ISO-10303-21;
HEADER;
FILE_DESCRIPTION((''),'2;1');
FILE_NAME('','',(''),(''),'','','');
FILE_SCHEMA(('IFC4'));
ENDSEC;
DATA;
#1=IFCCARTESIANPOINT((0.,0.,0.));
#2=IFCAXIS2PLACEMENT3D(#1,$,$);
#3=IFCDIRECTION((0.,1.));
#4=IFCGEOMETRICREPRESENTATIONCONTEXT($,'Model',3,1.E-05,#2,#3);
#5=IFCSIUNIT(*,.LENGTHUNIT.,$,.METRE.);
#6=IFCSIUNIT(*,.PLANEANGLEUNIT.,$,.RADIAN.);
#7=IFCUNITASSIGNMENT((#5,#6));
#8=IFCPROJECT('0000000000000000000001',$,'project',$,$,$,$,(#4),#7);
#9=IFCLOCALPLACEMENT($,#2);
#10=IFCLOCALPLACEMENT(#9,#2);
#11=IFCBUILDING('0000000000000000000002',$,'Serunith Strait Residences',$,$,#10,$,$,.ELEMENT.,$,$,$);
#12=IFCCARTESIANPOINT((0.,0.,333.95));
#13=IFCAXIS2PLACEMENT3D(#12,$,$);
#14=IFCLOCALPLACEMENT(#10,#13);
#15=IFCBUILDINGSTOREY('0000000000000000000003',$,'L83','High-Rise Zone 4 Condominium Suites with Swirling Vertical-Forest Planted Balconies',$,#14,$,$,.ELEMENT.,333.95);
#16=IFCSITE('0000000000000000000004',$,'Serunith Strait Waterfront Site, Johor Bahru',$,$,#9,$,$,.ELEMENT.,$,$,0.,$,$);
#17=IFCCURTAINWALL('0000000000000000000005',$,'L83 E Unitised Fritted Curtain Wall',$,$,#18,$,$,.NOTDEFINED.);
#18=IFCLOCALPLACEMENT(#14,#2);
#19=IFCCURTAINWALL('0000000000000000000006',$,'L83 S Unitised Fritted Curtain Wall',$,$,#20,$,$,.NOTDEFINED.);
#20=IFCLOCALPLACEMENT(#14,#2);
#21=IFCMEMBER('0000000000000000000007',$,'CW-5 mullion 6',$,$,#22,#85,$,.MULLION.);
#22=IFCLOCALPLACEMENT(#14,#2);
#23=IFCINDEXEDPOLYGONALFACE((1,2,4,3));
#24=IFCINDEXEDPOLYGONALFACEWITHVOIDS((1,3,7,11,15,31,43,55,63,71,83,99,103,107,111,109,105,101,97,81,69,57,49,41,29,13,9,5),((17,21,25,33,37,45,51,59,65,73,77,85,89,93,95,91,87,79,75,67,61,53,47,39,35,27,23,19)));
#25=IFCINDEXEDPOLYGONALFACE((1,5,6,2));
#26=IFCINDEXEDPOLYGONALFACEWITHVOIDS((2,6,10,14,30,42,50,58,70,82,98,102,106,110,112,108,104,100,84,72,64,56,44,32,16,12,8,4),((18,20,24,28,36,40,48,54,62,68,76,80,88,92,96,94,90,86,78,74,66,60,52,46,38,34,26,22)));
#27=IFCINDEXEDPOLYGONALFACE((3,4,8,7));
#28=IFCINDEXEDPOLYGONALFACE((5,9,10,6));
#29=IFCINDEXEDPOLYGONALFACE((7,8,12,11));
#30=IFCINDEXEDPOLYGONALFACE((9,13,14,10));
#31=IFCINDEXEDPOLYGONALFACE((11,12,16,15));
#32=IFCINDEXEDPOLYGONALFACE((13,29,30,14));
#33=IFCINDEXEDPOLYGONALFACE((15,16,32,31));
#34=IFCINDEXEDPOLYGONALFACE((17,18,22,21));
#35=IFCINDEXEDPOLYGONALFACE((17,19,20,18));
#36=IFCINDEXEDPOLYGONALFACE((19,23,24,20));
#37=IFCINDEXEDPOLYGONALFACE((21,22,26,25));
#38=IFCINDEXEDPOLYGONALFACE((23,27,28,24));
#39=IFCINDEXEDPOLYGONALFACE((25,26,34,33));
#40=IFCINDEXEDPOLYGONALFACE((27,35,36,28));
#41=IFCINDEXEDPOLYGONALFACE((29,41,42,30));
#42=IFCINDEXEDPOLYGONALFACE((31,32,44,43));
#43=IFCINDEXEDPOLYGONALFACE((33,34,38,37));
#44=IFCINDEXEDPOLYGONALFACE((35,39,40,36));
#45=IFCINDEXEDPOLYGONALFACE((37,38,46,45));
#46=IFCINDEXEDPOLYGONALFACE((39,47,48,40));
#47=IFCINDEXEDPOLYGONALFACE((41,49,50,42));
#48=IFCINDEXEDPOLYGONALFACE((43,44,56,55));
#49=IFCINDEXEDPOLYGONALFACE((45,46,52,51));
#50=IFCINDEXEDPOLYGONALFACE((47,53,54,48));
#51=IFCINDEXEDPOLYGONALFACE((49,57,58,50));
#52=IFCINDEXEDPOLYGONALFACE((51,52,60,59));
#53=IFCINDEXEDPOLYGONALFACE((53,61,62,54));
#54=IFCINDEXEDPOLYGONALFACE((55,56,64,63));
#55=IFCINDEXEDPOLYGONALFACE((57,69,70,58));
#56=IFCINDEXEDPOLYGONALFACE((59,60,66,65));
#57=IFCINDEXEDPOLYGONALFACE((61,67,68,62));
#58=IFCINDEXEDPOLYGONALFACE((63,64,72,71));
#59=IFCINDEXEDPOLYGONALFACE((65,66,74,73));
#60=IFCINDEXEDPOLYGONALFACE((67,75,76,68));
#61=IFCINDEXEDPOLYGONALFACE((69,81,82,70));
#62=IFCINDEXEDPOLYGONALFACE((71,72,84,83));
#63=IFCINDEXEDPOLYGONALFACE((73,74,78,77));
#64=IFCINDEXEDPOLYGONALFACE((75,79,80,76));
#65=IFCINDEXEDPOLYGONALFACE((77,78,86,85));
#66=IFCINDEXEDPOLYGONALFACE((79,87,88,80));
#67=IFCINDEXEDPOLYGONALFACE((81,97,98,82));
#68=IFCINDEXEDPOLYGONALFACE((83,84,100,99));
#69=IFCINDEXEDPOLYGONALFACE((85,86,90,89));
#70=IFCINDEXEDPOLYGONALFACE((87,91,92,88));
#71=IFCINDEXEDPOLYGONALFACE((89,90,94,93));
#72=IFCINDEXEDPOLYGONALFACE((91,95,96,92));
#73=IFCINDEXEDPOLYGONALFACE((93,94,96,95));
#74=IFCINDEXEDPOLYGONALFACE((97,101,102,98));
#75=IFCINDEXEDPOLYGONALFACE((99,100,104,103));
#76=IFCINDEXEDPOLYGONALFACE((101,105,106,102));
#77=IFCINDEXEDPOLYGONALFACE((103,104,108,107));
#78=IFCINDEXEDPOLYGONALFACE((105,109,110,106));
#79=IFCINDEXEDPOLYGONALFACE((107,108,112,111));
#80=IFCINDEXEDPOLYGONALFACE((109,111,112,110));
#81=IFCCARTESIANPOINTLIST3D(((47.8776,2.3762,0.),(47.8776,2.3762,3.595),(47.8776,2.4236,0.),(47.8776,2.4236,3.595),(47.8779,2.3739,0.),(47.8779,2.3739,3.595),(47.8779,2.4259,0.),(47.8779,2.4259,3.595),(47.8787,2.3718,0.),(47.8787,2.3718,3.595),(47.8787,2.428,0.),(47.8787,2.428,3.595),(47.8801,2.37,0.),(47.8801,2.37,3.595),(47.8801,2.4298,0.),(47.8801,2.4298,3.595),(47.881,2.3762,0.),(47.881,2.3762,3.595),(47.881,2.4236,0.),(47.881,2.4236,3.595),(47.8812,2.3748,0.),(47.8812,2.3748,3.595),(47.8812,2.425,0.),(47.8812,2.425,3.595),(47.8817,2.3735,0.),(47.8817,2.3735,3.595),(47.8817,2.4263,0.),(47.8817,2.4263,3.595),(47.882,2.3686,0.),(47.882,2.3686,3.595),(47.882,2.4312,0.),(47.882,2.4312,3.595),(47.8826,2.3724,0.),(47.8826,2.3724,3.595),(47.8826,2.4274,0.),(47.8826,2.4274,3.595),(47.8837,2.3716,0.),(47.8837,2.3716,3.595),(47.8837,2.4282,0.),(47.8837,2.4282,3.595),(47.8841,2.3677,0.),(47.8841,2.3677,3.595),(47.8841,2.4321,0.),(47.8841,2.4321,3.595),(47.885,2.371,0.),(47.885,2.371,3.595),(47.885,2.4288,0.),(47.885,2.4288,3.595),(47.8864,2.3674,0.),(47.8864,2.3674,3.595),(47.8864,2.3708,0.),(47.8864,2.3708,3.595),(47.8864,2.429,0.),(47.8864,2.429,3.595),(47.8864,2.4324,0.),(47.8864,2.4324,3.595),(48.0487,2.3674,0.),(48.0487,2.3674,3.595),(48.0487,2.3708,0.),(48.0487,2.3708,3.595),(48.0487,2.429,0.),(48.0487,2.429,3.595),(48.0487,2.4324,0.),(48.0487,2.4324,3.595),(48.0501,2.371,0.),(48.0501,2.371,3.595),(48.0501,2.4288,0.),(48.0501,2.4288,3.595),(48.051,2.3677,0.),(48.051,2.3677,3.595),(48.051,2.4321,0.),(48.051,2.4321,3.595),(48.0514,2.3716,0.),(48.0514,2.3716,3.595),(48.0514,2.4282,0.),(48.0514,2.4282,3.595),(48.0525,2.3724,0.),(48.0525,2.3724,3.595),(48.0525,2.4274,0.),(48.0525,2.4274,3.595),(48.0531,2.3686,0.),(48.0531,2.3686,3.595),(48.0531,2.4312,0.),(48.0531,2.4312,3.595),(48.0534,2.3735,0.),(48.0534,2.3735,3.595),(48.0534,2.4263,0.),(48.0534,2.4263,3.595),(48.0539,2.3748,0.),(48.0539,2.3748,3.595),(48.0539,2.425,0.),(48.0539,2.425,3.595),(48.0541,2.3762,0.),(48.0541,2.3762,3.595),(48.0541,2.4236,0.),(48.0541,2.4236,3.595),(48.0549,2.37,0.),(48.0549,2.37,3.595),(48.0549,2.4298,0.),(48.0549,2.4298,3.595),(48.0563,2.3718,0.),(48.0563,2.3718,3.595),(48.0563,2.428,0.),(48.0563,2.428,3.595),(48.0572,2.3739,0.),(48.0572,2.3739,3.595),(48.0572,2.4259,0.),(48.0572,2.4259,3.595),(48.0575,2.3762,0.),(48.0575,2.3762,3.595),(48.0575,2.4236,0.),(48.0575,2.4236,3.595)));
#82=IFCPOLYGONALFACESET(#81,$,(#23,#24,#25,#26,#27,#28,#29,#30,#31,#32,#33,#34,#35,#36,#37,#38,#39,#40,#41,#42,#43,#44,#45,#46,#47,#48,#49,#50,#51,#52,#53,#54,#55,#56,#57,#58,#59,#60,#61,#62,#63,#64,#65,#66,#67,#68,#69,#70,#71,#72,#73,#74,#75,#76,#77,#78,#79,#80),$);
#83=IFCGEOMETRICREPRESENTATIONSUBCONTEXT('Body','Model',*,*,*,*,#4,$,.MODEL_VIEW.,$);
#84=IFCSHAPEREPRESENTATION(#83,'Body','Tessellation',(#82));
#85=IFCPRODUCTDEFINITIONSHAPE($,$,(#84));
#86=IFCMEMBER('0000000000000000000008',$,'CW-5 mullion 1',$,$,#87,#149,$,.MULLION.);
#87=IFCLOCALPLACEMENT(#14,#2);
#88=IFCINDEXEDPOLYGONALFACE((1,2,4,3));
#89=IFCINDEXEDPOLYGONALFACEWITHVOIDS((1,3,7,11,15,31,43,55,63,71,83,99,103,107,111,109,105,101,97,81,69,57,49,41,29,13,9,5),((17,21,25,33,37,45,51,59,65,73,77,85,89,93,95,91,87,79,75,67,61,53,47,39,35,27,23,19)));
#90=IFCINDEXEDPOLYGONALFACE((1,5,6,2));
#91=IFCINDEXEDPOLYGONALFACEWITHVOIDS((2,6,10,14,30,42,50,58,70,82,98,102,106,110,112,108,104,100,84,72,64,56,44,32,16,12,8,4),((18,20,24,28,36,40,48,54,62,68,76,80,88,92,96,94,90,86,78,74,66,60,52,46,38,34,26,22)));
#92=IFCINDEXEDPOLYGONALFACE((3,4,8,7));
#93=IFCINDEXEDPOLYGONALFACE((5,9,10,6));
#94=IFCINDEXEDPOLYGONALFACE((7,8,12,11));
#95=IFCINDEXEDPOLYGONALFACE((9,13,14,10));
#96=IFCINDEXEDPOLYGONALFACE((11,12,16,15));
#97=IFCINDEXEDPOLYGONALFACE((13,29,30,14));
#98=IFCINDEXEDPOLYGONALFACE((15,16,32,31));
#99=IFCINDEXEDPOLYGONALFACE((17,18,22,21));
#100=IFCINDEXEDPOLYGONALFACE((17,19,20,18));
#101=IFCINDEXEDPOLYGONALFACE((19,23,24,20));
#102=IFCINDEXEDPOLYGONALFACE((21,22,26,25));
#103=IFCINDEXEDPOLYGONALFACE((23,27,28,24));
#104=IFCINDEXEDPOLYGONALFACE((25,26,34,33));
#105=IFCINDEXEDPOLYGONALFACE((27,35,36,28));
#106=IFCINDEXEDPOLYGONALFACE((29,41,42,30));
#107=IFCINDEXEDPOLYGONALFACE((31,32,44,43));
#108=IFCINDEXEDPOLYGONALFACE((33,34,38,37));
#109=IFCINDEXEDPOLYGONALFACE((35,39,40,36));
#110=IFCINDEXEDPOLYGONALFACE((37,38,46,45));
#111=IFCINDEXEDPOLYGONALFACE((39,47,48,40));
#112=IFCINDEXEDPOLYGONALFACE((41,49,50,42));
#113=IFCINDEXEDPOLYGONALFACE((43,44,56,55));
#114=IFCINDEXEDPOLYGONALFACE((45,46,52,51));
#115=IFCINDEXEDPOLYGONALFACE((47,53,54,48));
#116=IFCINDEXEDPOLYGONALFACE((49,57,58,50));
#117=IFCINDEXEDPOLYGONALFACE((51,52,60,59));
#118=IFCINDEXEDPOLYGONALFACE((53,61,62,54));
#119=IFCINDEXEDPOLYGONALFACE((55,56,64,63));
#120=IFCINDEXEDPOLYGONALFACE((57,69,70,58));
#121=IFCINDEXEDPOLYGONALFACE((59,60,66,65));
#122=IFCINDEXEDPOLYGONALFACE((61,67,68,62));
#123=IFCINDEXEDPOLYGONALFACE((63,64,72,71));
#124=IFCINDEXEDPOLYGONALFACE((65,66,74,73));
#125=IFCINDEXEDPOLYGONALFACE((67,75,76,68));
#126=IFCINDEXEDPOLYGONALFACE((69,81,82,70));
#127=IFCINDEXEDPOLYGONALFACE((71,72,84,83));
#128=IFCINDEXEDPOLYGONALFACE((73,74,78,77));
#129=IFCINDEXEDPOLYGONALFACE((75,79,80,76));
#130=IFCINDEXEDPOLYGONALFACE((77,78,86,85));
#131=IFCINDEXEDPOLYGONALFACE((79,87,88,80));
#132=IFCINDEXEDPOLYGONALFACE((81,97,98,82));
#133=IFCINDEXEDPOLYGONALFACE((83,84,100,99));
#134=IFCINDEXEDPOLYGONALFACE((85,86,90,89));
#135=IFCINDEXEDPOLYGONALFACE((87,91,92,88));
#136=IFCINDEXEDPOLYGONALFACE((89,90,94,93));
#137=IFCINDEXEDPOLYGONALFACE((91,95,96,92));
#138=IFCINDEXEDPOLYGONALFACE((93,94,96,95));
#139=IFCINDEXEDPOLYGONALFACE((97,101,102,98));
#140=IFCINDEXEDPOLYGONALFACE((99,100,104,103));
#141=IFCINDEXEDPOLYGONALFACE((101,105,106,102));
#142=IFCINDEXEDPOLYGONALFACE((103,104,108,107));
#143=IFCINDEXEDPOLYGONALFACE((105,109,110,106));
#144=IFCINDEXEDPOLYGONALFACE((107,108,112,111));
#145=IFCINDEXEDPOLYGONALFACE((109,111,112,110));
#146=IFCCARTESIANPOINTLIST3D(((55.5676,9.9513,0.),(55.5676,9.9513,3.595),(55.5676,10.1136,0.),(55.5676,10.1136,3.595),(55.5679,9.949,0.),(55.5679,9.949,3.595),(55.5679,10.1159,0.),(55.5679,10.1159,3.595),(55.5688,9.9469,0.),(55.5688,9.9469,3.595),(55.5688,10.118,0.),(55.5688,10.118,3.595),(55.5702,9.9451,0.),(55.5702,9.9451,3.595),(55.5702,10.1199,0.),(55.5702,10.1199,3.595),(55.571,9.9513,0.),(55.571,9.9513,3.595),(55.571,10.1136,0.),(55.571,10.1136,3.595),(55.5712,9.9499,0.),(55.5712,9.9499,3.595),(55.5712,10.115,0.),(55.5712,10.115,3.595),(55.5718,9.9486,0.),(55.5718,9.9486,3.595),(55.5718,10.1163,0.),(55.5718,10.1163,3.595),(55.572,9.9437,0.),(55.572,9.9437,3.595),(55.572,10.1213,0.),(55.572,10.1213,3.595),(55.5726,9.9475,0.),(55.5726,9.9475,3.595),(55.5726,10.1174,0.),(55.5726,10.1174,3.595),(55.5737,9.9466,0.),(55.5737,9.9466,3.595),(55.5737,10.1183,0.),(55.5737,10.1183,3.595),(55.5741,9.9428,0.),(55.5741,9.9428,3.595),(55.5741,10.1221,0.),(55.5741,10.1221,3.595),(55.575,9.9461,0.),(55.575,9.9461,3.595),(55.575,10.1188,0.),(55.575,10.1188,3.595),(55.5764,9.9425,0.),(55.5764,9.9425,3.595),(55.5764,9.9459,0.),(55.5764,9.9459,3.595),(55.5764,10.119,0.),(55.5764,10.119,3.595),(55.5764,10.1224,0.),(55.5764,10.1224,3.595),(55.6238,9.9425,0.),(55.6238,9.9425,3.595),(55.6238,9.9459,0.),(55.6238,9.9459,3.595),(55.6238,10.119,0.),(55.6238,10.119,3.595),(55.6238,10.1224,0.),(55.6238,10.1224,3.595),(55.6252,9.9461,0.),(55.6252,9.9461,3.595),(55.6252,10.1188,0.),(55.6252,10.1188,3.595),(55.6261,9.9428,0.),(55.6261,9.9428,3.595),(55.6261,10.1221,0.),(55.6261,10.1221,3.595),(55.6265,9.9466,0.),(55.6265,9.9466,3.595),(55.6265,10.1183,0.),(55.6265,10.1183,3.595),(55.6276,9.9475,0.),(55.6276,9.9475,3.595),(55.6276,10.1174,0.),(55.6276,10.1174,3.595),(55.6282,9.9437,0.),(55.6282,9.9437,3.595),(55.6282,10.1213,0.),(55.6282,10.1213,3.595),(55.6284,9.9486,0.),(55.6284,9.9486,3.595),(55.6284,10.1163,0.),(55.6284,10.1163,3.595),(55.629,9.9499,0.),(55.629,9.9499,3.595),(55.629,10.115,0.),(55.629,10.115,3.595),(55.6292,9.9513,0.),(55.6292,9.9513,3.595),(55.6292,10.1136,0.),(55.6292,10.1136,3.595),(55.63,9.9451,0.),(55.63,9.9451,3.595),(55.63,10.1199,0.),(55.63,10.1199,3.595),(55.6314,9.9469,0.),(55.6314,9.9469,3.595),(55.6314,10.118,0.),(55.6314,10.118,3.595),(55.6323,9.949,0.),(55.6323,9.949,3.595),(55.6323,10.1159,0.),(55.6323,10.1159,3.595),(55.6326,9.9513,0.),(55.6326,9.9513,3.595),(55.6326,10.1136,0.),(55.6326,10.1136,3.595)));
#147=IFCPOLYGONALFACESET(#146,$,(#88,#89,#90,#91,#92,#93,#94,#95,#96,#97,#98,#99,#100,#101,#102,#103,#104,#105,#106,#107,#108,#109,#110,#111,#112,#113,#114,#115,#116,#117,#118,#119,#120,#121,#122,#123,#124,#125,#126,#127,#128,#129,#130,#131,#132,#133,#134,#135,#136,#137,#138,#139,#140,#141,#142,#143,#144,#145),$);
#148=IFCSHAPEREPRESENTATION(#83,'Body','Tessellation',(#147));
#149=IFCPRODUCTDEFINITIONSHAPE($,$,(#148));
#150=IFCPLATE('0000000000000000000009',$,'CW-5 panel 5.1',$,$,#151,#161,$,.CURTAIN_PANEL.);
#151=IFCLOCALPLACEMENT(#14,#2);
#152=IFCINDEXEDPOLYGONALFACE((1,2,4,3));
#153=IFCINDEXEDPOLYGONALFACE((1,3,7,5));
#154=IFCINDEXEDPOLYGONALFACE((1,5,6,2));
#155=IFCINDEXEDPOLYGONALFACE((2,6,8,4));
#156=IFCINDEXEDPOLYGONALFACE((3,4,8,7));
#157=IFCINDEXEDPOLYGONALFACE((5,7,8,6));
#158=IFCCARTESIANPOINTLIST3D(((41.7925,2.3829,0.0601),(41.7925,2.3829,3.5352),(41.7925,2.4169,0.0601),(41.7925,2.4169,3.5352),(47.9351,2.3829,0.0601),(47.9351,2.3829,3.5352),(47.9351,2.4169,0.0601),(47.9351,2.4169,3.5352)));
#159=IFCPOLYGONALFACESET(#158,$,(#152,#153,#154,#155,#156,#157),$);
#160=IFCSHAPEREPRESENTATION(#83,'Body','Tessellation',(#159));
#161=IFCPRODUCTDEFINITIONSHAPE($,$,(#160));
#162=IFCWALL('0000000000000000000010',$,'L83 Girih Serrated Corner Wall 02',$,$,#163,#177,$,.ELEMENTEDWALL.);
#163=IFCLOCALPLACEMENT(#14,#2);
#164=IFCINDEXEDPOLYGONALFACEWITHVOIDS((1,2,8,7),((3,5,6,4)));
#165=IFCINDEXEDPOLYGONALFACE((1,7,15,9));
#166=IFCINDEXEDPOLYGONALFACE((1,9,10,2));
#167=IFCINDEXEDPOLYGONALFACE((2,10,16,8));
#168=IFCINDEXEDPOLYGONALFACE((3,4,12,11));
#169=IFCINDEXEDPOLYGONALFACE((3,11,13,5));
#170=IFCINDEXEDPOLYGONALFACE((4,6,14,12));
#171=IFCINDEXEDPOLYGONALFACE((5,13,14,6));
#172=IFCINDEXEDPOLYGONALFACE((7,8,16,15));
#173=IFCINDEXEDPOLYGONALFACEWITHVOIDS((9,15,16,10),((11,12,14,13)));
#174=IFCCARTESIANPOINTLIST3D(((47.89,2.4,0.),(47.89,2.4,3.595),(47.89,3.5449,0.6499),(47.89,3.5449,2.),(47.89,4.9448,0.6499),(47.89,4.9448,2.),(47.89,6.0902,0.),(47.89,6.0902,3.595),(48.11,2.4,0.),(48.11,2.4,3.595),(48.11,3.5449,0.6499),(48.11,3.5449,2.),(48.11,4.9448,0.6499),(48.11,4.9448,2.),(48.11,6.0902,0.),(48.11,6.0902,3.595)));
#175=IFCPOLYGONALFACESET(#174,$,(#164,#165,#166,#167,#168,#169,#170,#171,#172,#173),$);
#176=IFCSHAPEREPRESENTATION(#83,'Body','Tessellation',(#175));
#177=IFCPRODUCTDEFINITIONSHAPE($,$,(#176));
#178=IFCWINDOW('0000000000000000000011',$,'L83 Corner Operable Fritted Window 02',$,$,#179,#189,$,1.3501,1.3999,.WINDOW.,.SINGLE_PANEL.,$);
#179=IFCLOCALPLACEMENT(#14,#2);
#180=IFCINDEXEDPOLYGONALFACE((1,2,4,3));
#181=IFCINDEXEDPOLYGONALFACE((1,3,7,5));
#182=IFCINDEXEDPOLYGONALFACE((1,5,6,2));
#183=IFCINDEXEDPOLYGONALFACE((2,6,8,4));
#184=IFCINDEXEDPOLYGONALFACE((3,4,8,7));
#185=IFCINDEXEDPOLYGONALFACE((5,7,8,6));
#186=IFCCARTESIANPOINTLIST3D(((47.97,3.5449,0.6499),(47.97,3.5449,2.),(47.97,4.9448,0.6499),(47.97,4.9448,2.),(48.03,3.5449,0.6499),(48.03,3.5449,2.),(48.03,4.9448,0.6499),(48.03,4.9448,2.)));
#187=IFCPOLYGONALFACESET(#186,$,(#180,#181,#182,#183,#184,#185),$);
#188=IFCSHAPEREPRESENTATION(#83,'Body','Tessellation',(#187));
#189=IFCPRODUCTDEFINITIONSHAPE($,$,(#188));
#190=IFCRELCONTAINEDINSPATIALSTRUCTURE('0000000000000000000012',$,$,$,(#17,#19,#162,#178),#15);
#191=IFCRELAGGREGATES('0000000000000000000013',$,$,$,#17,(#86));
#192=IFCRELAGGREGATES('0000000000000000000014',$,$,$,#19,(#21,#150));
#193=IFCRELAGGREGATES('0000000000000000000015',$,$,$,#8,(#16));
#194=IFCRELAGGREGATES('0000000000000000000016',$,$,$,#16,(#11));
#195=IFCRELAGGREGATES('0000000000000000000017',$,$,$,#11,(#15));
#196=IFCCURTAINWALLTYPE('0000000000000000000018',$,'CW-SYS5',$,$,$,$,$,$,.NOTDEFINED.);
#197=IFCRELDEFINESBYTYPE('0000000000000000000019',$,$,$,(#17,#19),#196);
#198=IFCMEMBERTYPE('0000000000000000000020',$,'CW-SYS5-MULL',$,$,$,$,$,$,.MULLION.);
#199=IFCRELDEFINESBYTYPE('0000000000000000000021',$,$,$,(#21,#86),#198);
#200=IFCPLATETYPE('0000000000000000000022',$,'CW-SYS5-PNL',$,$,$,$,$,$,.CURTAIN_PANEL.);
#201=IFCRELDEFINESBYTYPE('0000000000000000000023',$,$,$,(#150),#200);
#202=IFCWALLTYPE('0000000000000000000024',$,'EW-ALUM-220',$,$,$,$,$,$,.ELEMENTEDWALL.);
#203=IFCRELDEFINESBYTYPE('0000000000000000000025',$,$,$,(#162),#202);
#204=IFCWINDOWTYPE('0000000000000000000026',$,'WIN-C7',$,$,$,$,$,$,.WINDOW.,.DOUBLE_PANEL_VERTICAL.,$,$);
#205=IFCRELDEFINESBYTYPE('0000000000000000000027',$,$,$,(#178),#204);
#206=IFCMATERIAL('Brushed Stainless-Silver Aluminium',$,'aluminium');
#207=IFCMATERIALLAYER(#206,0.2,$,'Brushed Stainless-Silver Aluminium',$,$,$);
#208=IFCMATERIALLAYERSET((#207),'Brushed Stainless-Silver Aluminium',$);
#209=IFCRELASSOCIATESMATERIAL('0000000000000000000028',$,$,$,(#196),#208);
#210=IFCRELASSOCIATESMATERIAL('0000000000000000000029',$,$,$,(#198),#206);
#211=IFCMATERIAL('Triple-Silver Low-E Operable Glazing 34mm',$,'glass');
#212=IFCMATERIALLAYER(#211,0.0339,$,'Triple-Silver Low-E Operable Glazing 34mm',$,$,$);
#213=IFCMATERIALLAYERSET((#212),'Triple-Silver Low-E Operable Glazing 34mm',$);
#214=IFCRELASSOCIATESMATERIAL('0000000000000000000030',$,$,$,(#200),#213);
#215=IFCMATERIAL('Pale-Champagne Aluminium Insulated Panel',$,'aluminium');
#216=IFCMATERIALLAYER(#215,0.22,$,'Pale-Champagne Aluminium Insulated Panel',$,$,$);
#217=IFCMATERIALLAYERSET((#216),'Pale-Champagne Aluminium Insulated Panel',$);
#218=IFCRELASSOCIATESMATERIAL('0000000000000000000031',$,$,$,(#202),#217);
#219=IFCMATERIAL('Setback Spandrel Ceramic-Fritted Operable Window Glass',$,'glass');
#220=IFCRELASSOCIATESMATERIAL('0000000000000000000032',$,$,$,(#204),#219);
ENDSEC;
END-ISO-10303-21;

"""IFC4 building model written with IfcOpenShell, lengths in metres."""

from ifc_helpers import new_model, si_unit, direction, frame, frame_2d, origin, origin_2d, place, context, subcontext, project, spatial, rectangle, hollow_rectangle, extrude, source, transform, mapped, material, layer, layer_set, material_profile, profile_set, type_object, element, fill, aggregate, save


model = new_model("IFC4")

# Units and contexts
model_context = context("Model", 3, precision=1e-05, world=origin(), true_north=direction((0.0, 1.0)))
body_context = subcontext(model_context, "Body", "Model", "MODEL_VIEW")
ifc_project = project(units=[si_unit("LENGTHUNIT", "METRE"), si_unit("PLANEANGLEUNIT", "RADIAN")], contexts=[model_context])

# Site, building, storey
site_placement = place(None, origin())
site = spatial("IfcSite", under=ifc_project, at=site_placement, Name="Serunith Strait Waterfront Site, Johor Bahru", CompositionType="ELEMENT", RefElevation=0.0)
building_placement = place(site_placement, origin())
building = spatial("IfcBuilding", under=site, at=building_placement, Name="Serunith Strait Residences", CompositionType="ELEMENT")
storey_placement = place(building_placement, frame((0.0, 0.0, 333.95)))
storey = spatial("IfcBuildingStorey", under=building, at=storey_placement, Name="L83", Description="High-Rise Zone 4 Condominium Suites with Swirling Vertical-Forest Planted Balconies", CompositionType="ELEMENT", Elevation=333.95)

# Curtain wall
ifc_material_1 = material(Name="Brushed Stainless-Silver Aluminium", Category="aluminium")
ifc_layer_1 = layer(ifc_material_1, 0.2, Name="Brushed Stainless-Silver Aluminium")
ifc_layer_set_1 = layer_set([ifc_layer_1], Name="Brushed Stainless-Silver Aluminium")
curtain_wall_type = type_object("IfcCurtainWallType", Name="CW-SYS5", PredefinedType="NOTDEFINED", material=ifc_layer_set_1)
curtain_wall_1_placement = place(storey_placement, origin())
curtain_wall_1 = element("IfcCurtainWall", 1, at=curtain_wall_1_placement, inside=storey, type_object=curtain_wall_type, Name="L83 E Unitised Fritted Curtain Wall", PredefinedType="NOTDEFINED")

# Curtain wall, member
curtain_wall_2_placement = place(storey_placement, origin())
curtain_wall_2 = element("IfcCurtainWall", 2, at=curtain_wall_2_placement, inside=storey, type_object=curtain_wall_type, Name="L83 S Unitised Fritted Curtain Wall", PredefinedType="NOTDEFINED")
ifc_material_profile_1 = material_profile(ifc_material_1, hollow_rectangle(XDim=0.0649, YDim=0.1799, WallThickness=0.0034, InnerFilletRadius=0.0054, OuterFilletRadius=0.0088, at=origin_2d()), Name="ALU 180x65x3.5")
ifc_profile_set_1 = profile_set([ifc_material_profile_1], Name="Brushed Stainless-Silver Aluminium")
member_type_1 = type_object("IfcMemberType", Name="CW-SYS5-MULL", PredefinedType="MULLION", material=ifc_profile_set_1)
shared_shape_1 = source(origin(), body_context, "Body", "SweptSolid", [
    extrude(hollow_rectangle(XDim=0.0649, YDim=0.1799, WallThickness=0.0034, InnerFilletRadius=0.0054, OuterFilletRadius=0.0088, at=origin_2d()), origin(), (0.0, 0.0, 1.0), 3.595),
])
member_1_placement = place(storey_placement, frame((47.9675, 2.3999, 0.0), z_axis=(0.0, 0.0, 1.0), x_axis=(0.0, 1.0, 0.0)))
member_1 = element("IfcMember", 3, at=member_1_placement, type_object=member_type_1, Name="CW-5 mullion 6", PredefinedType="MULLION", context=body_context, shape_type="MappedRepresentation", body=[
    mapped(shared_shape_1, transform((0.0, 0.0, 0.0), scale=1.0)),
])

# Member
member_2_placement = place(storey_placement, frame((55.6001, 10.0325, 0.0), z_axis=(0.0, 0.0, 1.0), x_axis=(-1.0, 0.0, 0.0)))
member_2 = element("IfcMember", 4, at=member_2_placement, type_object=member_type_1, Name="CW-5 mullion 1", PredefinedType="MULLION", context=body_context, shape_type="MappedRepresentation", body=[
    mapped(shared_shape_1, transform((0.0, 0.0, 0.0), scale=1.0)),
])
aggregate(curtain_wall_1, [member_2])

# Plate
ifc_material_2 = material(Name="Triple-Silver Low-E Operable Glazing 34mm", Category="glass")
ifc_layer_2 = layer(ifc_material_2, 0.0339, Name="Triple-Silver Low-E Operable Glazing 34mm")
ifc_layer_set_2 = layer_set([ifc_layer_2], Name="Triple-Silver Low-E Operable Glazing 34mm")
plate_type = type_object("IfcPlateType", Name="CW-SYS5-PNL", PredefinedType="CURTAIN_PANEL", material=ifc_layer_set_2)
shared_shape_2 = source(origin(), body_context, "Body", "SweptSolid", [
    extrude(rectangle(XDim=6.1426, YDim=0.0339, at=origin_2d()), origin(), (0.0, 0.0, 1.0), 3.4751),
])
plate_placement = place(storey_placement, frame((44.8638, 2.3999, 0.0601), z_axis=(0.0, 0.0, 1.0), x_axis=(1.0, 0.0, 0.0)))
plate = element("IfcPlate", 5, at=plate_placement, type_object=plate_type, Name="CW-5 panel 5.1", PredefinedType="CURTAIN_PANEL", context=body_context, shape_type="MappedRepresentation", body=[
    mapped(shared_shape_2, transform((0.0, 0.0, 0.0), scale=1.0)),
])
aggregate(curtain_wall_2, [member_1, plate])

# Wall, opening, window
ifc_material_3 = material(Name="Pale-Champagne Aluminium Insulated Panel", Category="aluminium")
ifc_layer_3 = layer(ifc_material_3, 0.22, Name="Pale-Champagne Aluminium Insulated Panel")
ifc_layer_set_3 = layer_set([ifc_layer_3], Name="Pale-Champagne Aluminium Insulated Panel")
wall_type_1 = type_object("IfcWallType", Name="EW-ALUM-220", PredefinedType="ELEMENTEDWALL", material=ifc_layer_set_3)
wall_1_placement = place(storey_placement, frame((48.0, 2.3999, 0.0), z_axis=(0.0, 0.0, 1.0), x_axis=(0.0, 1.0, 0.0)))
wall_1 = element("IfcWall", 6, at=wall_1_placement, inside=storey, type_object=wall_type_1, Name="L83 Girih Serrated Corner Wall 02", PredefinedType="ELEMENTEDWALL", context=body_context, shape_type="SweptSolid", body=[
    extrude(rectangle(XDim=3.6902, YDim=0.22, at=frame_2d((1.8452, 0.0))), origin(), (0.0, 0.0, 1.0), 3.595),
])
opening_1_placement = place(wall_1_placement, frame((1.145, 0.0, 0.6499)))
opening_1 = element("IfcOpeningElement", 7, at=opening_1_placement, cuts=wall_1, PredefinedType="OPENING", context=body_context, shape_type="SweptSolid", body=[
    extrude(rectangle(XDim=1.3999, YDim=1.3501, at=frame_2d((0.7, 0.675))), frame((0.0, 0.1201, 0.0), z_axis=(0.0, -1.0, 0.0), x_axis=(1.0, 0.0, 0.0)), (0.0, 0.0, 1.0), 0.24),
])
ifc_material_4 = material(Name="Setback Spandrel Ceramic-Fritted Operable Window Glass", Category="glass")
window_type = type_object("IfcWindowType", Name="WIN-C7", PartitioningType="DOUBLE_PANEL_VERTICAL", PredefinedType="WINDOW", material=ifc_material_4)
shared_shape_3 = source(origin(), body_context, "Body", "SweptSolid", [
    extrude(rectangle(XDim=1.3999, YDim=1.3501, at=frame_2d((0.7, 0.675))), frame((0.0, 0.03, 0.0), z_axis=(0.0, -1.0, 0.0), x_axis=(1.0, 0.0, 0.0)), (0.0, 0.0, 1.0), 0.0601),
])
window_1_placement = place(opening_1_placement, origin())
window_1 = element("IfcWindow", 8, at=window_1_placement, inside=storey, type_object=window_type, Name="L83 Corner Operable Fritted Window 02", OverallHeight=1.3501, OverallWidth=1.3999, PartitioningType="SINGLE_PANEL", PredefinedType="WINDOW", context=body_context, shape_type="MappedRepresentation", body=[
    mapped(shared_shape_3, transform((0.0, 0.0, 0.0), scale=1.0)),
])
fill(opening_1, window_1)

save(model, "model.ifc")
